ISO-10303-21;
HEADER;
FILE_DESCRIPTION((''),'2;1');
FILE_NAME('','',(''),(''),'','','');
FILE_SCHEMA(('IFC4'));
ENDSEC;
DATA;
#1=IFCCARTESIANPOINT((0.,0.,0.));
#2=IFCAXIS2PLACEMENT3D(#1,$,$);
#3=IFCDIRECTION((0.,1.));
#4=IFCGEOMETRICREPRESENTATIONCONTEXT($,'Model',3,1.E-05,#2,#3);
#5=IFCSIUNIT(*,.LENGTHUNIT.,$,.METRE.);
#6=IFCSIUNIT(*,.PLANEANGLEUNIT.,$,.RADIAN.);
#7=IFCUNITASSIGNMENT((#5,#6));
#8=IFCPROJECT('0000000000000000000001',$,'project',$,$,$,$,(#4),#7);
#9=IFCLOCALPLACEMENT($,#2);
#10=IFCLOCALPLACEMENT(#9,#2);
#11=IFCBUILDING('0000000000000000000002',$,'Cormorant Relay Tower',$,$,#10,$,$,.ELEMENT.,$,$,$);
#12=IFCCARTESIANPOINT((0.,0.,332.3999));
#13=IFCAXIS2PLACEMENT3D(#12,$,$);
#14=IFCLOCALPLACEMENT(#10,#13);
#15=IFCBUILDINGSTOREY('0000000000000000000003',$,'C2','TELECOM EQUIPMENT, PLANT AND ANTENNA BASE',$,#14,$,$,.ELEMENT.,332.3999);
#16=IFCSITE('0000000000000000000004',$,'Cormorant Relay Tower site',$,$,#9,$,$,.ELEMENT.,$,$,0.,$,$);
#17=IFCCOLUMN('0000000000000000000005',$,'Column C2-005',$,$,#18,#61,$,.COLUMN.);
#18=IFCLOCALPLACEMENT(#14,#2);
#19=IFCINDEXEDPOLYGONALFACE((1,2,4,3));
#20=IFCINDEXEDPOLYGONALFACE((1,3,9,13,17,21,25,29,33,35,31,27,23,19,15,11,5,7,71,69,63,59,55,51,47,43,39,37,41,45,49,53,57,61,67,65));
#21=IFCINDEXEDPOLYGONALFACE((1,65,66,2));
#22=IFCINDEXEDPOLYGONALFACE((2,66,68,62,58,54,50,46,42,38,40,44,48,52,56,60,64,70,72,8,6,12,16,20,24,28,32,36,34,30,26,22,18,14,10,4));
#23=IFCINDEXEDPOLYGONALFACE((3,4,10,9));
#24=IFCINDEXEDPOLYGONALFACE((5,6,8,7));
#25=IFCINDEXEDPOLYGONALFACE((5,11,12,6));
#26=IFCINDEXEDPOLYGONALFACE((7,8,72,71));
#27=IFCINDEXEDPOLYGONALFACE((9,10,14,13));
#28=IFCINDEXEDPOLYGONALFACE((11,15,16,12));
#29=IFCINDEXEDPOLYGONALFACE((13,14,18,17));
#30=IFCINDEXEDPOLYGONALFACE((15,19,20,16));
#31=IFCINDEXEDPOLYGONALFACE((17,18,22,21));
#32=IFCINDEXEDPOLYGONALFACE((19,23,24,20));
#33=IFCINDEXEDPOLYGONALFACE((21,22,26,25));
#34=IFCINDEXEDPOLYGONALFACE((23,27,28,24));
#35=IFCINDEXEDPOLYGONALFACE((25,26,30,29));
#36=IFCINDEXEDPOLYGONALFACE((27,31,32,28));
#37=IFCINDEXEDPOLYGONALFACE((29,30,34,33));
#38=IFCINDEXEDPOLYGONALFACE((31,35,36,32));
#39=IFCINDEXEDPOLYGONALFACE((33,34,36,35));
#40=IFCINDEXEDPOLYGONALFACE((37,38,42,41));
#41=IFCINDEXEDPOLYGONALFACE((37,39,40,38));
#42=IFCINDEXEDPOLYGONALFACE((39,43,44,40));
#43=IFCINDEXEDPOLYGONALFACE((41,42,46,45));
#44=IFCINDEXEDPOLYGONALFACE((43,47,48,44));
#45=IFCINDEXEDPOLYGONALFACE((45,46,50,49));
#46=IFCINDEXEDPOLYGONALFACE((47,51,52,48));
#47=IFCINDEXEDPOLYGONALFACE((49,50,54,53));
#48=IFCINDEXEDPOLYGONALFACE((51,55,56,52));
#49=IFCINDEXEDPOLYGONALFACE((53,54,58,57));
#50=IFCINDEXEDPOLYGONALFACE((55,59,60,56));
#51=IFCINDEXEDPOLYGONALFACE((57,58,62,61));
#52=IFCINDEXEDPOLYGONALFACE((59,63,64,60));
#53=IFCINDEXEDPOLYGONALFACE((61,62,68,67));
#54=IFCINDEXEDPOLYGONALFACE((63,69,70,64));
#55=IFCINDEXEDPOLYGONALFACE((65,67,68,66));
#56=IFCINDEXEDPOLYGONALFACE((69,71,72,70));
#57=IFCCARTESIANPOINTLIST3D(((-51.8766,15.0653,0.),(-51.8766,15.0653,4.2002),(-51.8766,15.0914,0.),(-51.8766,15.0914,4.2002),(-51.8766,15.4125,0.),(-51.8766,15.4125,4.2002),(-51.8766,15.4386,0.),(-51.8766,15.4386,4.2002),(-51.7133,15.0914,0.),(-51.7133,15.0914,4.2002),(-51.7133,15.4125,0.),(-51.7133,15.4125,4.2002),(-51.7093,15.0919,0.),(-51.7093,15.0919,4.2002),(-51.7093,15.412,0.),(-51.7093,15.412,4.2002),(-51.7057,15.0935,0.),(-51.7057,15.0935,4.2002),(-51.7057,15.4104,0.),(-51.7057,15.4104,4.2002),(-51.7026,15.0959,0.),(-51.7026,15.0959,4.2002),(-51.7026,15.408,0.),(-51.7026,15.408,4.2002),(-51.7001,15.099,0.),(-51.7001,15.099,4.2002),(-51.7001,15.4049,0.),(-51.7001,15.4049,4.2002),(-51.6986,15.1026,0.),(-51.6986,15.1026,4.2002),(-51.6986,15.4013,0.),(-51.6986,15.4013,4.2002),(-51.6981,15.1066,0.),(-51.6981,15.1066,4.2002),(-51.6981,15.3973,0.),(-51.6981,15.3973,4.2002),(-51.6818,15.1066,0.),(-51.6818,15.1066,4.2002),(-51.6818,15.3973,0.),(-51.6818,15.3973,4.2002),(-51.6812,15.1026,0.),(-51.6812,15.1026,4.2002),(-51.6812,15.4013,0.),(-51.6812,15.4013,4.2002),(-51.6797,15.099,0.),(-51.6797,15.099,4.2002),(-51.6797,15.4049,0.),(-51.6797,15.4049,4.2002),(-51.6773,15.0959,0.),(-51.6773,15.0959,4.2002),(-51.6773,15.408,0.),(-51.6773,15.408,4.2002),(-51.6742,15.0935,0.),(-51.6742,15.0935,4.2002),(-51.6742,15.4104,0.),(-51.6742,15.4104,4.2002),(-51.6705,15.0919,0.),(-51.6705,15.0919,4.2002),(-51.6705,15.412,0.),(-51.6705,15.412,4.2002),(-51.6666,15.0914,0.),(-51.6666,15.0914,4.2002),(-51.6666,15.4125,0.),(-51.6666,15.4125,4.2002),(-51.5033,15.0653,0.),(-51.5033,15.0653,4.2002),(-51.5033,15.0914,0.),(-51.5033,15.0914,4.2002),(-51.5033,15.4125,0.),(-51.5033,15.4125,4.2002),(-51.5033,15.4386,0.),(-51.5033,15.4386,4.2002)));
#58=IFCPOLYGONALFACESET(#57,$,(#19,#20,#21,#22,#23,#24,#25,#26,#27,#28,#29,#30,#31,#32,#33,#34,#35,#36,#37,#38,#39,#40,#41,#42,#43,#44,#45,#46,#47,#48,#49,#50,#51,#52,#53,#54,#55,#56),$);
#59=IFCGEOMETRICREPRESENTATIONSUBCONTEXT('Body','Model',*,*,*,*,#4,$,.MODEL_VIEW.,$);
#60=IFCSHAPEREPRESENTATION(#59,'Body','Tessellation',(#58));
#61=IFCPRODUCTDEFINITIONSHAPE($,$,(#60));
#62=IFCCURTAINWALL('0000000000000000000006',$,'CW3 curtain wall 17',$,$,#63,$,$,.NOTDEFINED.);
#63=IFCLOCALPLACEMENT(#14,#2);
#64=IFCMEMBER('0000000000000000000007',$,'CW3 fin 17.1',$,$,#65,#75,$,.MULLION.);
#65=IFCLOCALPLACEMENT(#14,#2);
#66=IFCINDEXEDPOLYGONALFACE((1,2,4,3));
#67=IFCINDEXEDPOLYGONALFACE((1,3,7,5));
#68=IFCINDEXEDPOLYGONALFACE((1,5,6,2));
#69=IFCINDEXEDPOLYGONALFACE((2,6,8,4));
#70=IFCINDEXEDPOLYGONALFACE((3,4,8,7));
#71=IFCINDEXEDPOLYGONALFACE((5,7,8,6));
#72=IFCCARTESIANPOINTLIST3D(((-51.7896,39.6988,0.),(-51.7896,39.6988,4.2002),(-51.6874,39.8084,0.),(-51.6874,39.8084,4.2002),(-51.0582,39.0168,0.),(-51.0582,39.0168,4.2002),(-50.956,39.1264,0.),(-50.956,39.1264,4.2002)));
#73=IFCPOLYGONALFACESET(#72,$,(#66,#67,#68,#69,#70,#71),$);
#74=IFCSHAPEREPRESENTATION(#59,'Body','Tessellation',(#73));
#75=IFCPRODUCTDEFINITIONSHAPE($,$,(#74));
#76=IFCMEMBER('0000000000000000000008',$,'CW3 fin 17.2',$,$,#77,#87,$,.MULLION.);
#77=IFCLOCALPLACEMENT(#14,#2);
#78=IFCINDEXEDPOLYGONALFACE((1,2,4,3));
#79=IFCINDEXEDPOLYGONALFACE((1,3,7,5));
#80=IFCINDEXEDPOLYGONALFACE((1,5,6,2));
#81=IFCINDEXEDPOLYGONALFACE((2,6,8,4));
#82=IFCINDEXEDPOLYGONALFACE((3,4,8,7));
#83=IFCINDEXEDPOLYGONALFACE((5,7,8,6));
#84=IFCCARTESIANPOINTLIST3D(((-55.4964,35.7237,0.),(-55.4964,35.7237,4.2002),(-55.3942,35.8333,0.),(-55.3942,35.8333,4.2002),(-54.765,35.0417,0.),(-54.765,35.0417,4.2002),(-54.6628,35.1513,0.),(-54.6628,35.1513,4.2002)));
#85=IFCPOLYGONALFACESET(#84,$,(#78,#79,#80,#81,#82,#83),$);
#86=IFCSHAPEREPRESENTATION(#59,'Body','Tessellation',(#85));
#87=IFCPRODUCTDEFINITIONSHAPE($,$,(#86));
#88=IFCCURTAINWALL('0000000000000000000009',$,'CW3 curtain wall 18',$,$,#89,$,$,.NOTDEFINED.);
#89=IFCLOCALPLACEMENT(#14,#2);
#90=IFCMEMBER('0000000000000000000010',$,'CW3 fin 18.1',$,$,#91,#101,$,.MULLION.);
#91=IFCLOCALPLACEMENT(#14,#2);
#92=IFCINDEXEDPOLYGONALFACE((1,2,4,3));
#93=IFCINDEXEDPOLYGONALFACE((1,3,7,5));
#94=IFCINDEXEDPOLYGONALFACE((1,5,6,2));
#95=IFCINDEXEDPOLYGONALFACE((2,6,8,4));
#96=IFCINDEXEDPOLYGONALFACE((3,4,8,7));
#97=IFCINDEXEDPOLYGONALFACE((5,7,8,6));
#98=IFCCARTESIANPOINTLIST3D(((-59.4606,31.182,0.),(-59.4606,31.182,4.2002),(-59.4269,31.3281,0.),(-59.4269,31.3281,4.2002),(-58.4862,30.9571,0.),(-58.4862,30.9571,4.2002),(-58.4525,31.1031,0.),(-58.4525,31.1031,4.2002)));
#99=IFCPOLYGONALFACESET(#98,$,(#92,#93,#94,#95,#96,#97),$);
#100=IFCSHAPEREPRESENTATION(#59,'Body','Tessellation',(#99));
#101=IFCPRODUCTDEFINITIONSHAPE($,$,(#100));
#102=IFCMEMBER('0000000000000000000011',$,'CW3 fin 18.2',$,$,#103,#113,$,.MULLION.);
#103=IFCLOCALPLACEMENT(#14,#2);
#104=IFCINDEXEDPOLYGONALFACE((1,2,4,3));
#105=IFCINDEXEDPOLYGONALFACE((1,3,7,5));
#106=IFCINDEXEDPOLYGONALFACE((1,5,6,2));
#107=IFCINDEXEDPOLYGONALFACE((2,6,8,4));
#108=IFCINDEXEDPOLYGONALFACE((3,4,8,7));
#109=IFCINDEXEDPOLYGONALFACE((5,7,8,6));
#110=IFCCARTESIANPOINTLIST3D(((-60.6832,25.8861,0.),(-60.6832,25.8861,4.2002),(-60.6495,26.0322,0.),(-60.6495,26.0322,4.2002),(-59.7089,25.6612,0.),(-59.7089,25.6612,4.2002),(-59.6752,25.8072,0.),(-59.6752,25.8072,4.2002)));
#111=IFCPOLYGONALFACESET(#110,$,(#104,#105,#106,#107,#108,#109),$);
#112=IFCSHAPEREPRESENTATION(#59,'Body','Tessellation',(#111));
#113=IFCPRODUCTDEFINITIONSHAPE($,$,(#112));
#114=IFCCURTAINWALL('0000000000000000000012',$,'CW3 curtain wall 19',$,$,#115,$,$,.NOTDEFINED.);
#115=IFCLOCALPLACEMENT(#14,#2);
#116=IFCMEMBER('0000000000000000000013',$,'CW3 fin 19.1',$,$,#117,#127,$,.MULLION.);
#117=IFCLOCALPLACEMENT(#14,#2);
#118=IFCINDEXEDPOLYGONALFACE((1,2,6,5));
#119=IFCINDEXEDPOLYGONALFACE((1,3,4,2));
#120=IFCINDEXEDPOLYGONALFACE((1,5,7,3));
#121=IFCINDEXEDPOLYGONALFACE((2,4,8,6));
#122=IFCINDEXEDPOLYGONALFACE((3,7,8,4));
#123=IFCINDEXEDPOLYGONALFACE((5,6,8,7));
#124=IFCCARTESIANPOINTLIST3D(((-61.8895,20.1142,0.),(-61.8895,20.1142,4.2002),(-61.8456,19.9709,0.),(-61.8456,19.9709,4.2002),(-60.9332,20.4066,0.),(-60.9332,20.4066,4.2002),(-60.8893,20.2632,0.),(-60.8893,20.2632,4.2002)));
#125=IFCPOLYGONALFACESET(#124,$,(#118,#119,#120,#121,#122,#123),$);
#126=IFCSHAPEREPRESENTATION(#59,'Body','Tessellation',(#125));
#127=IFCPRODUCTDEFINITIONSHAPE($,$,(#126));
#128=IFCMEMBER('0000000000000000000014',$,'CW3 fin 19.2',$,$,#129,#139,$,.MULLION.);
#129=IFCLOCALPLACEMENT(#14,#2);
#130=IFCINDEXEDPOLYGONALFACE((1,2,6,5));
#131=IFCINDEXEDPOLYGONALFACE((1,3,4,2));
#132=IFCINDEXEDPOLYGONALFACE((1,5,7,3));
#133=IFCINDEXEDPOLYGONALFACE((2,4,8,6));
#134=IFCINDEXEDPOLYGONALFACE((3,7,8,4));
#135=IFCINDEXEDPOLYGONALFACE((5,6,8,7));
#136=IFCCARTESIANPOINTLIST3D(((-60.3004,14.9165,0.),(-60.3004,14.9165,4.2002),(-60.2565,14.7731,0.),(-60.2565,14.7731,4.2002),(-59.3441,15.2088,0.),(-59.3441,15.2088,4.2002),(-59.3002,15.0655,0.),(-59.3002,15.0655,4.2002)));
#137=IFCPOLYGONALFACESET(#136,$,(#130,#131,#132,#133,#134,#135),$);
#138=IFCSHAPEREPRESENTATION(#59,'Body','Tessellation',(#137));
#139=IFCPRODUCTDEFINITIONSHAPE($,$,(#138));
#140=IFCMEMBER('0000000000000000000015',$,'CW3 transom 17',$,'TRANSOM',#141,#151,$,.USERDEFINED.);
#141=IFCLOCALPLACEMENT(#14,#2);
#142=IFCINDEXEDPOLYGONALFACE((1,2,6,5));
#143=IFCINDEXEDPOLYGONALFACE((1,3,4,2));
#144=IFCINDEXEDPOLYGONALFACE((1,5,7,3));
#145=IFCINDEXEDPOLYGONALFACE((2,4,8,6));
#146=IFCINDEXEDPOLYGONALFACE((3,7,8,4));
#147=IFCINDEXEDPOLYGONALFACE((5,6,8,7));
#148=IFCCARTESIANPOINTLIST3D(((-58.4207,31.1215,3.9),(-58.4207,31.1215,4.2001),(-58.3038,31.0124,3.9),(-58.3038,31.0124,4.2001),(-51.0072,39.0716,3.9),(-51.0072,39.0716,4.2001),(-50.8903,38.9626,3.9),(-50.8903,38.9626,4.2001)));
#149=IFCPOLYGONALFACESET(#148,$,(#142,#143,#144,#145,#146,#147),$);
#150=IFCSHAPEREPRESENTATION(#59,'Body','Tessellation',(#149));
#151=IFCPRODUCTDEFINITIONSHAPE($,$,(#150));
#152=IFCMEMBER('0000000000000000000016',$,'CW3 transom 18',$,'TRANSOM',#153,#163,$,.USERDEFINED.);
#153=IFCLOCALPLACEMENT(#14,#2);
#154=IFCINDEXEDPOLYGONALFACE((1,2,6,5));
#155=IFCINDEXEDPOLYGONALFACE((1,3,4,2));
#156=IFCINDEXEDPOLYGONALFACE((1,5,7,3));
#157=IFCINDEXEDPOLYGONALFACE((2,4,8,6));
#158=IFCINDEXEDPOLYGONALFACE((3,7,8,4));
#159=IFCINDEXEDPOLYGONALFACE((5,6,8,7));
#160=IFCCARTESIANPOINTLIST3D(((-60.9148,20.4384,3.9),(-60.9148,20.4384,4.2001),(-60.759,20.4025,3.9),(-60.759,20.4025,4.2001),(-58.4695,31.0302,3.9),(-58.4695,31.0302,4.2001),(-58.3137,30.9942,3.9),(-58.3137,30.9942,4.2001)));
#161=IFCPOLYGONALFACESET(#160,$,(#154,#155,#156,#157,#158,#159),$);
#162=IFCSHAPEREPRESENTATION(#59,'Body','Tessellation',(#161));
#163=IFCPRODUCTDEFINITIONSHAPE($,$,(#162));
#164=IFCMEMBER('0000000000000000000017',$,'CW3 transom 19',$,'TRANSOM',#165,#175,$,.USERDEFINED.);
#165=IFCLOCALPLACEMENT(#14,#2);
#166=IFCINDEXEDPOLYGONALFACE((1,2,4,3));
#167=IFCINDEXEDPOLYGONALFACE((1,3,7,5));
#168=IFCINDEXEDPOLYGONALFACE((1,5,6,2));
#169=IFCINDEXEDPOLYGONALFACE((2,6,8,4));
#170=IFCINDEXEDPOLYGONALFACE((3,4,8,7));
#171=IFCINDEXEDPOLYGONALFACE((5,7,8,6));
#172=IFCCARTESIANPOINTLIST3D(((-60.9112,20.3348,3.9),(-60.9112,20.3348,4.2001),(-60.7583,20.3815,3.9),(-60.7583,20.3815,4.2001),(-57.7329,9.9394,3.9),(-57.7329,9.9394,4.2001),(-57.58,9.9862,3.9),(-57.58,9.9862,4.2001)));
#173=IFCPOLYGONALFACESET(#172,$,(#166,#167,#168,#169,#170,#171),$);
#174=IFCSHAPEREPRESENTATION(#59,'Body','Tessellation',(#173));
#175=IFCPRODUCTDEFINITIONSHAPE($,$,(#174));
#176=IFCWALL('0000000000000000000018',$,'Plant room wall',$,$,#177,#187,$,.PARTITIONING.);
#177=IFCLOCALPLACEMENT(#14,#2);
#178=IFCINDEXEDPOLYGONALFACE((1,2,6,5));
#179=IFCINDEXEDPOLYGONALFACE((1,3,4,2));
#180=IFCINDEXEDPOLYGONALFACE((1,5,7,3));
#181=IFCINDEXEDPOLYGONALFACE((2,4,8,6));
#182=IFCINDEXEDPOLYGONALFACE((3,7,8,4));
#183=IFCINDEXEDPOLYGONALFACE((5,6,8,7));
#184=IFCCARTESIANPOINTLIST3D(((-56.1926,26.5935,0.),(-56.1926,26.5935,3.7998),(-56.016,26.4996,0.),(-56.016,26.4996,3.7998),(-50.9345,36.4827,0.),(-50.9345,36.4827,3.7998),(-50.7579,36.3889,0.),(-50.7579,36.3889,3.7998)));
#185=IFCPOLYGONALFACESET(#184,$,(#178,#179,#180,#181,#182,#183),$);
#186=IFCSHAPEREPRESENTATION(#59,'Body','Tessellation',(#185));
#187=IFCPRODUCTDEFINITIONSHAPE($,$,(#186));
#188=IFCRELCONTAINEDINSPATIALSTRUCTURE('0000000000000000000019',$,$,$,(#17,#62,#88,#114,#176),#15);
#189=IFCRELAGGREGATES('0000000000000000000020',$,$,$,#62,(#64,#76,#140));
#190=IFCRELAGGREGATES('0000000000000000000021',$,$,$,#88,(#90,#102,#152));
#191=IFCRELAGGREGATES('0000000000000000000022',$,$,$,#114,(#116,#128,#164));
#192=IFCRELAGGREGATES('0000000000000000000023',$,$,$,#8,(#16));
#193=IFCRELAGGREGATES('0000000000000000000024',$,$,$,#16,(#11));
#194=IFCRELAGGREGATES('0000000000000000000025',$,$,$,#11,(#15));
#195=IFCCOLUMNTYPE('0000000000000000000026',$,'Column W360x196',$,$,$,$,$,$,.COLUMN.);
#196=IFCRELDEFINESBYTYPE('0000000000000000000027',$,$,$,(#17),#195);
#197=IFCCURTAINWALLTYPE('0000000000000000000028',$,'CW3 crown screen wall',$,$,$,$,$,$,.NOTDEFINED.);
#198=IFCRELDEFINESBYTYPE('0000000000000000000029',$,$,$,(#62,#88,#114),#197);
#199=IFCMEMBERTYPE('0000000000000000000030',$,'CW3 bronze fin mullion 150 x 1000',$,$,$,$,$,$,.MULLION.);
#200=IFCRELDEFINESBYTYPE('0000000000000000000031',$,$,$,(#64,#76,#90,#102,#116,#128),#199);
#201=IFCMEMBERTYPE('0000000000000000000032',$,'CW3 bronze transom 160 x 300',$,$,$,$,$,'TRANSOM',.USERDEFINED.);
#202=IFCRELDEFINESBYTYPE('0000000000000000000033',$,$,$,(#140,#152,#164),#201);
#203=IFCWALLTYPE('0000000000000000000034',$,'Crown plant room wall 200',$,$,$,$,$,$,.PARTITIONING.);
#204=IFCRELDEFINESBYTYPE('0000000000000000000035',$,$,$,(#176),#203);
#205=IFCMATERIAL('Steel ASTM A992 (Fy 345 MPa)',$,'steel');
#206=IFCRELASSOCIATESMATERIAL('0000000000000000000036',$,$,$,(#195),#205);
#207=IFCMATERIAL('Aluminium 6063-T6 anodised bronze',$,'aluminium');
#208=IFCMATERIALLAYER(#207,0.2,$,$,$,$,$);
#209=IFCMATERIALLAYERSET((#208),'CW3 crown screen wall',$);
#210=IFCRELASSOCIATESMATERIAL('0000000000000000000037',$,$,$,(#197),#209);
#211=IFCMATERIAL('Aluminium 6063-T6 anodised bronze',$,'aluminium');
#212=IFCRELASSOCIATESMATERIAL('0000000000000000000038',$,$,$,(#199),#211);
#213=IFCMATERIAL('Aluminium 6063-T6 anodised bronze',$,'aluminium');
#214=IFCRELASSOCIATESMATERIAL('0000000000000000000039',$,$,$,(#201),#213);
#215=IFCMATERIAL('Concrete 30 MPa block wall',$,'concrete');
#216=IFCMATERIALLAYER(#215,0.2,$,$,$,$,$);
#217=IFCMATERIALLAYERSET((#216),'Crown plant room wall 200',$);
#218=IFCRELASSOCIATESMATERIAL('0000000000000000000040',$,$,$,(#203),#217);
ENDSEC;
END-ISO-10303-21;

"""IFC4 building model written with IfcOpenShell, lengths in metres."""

from ifc_helpers import new_model, si_unit, direction, frame, frame_2d, origin, origin_2d, place, context, subcontext, project, spatial, rectangle, i_section, extrude, material, layer, layer_set, material_profile, profile_set, type_object, element, aggregate, save


model = new_model("IFC4")

# Units and contexts
model_context = context("Model", 3, precision=1e-05, world=origin(), true_north=direction((0.0, 1.0)))
body_context = subcontext(model_context, "Body", "Model", "MODEL_VIEW")
ifc_project = project(units=[si_unit("LENGTHUNIT", "METRE"), si_unit("PLANEANGLEUNIT", "RADIAN")], contexts=[model_context])

# Site, building, storey
site_placement = place(None, origin())
site = spatial("IfcSite", under=ifc_project, at=site_placement, Name="Cormorant Relay Tower site", CompositionType="ELEMENT", RefElevation=0.0)
building_placement = place(site_placement, origin())
building = spatial("IfcBuilding", under=site, at=building_placement, Name="Cormorant Relay Tower", CompositionType="ELEMENT")
storey_placement = place(building_placement, frame((0.0, 0.0, 332.3999)))
storey = spatial("IfcBuildingStorey", under=building, at=storey_placement, Name="C2", Description="TELECOM EQUIPMENT, PLANT AND ANTENNA BASE", CompositionType="ELEMENT", Elevation=332.3999)

# Column
ifc_material_1 = material(Name="Steel ASTM A992 (Fy 345 MPa)", Category="steel")
ifc_material_profile_1 = material_profile(ifc_material_1, i_section(OverallWidth=0.3733, OverallDepth=0.3733, WebThickness=0.0164, FlangeThickness=0.0261, FilletRadius=0.0151, at=origin_2d()), Name="W360x196")
ifc_profile_set_1 = profile_set([ifc_material_profile_1], Name="Steel ASTM A992 (Fy 345 MPa)")
column_type = type_object("IfcColumnType", Name="Column W360x196", PredefinedType="COLUMN", material=ifc_profile_set_1)
column_placement = place(storey_placement, frame((-51.6899, 15.252, 0.0), z_axis=(0.0, 0.0, 1.0), x_axis=(1.0, 0.0, 0.0)))
element("IfcColumn", 1, at=column_placement, inside=storey, type_object=column_type, Name="Column C2-005", PredefinedType="COLUMN", context=body_context, shape_type="SweptSolid", body=[
    extrude(i_section(OverallWidth=0.3733, OverallDepth=0.3733, WebThickness=0.0164, FlangeThickness=0.0261, FilletRadius=0.0151, at=origin_2d()), origin(), (0.0, 0.0, 1.0), 4.2002),
])

# Curtain walls, members
ifc_material_2 = material(Name="Aluminium 6063-T6 anodised bronze", Category="aluminium")
ifc_layer_1 = layer(ifc_material_2, 0.2)
ifc_layer_set_1 = layer_set([ifc_layer_1], Name="CW3 crown screen wall")
curtain_wall_type = type_object("IfcCurtainWallType", Name="CW3 crown screen wall", PredefinedType="NOTDEFINED", material=ifc_layer_set_1)
curtain_wall_1_placement = place(storey_placement, origin())
curtain_wall_1 = element("IfcCurtainWall", 2, at=curtain_wall_1_placement, inside=storey, type_object=curtain_wall_type, Name="CW3 curtain wall 17", PredefinedType="NOTDEFINED")
ifc_material_3 = material(Name="Aluminium 6063-T6 anodised bronze", Category="aluminium")
ifc_material_profile_2 = material_profile(ifc_material_3, rectangle(XDim=0.1499, YDim=1.0, at=origin_2d()), Name="AL 150x1000")
ifc_profile_set_2 = profile_set([ifc_material_profile_2], Name="Aluminium 6063-T6 anodised bronze")
member_type_1 = type_object("IfcMemberType", Name="CW3 bronze fin mullion 150 x 1000", PredefinedType="MULLION", material=ifc_profile_set_2)
member_1_placement = place(storey_placement, frame((-51.3728, 39.4126, 0.0), z_axis=(0.0, 0.0, 1.0), x_axis=(-0.681998, -0.731354, 0.0)))
member_1 = element("IfcMember", 3, at=member_1_placement, type_object=member_type_1, Name="CW3 fin 17.1", PredefinedType="MULLION", context=body_context, shape_type="SweptSolid", body=[
    extrude(rectangle(XDim=0.1499, YDim=1.0, at=origin_2d()), origin(), (0.0, 0.0, 1.0), 4.2002),
])
member_2_placement = place(storey_placement, frame((-55.0796, 35.4375, 0.0), z_axis=(0.0, 0.0, 1.0), x_axis=(-0.681998, -0.731354, 0.0)))
member_2 = element("IfcMember", 4, at=member_2_placement, type_object=member_type_1, Name="CW3 fin 17.2", PredefinedType="MULLION", context=body_context, shape_type="SweptSolid", body=[
    extrude(rectangle(XDim=0.1499, YDim=1.0, at=origin_2d()), origin(), (0.0, 0.0, 1.0), 4.2002),
])
curtain_wall_2_placement = place(storey_placement, origin())
curtain_wall_2 = element("IfcCurtainWall", 5, at=curtain_wall_2_placement, inside=storey, type_object=curtain_wall_type, Name="CW3 curtain wall 18", PredefinedType="NOTDEFINED")
member_3_placement = place(storey_placement, frame((-58.9565, 31.1426, 0.0), z_axis=(0.0, 0.0, 1.0), x_axis=(-0.224951, -0.97437, 0.0)))
member_3 = element("IfcMember", 6, at=member_3_placement, type_object=member_type_1, Name="CW3 fin 18.1", PredefinedType="MULLION", context=body_context, shape_type="SweptSolid", body=[
    extrude(rectangle(XDim=0.1499, YDim=1.0, at=origin_2d()), origin(), (0.0, 0.0, 1.0), 4.2002),
])
member_4_placement = place(storey_placement, frame((-60.1792, 25.8467, 0.0), z_axis=(0.0, 0.0, 1.0), x_axis=(-0.224951, -0.97437, 0.0)))
member_4 = element("IfcMember", 7, at=member_4_placement, type_object=member_type_1, Name="CW3 fin 18.2", PredefinedType="MULLION", context=body_context, shape_type="SweptSolid", body=[
    extrude(rectangle(XDim=0.1499, YDim=1.0, at=origin_2d()), origin(), (0.0, 0.0, 1.0), 4.2002),
])
curtain_wall_3_placement = place(storey_placement, origin())
curtain_wall_3 = element("IfcCurtainWall", 8, at=curtain_wall_3_placement, inside=storey, type_object=curtain_wall_type, Name="CW3 curtain wall 19", PredefinedType="NOTDEFINED")
member_5_placement = place(storey_placement, frame((-61.3894, 20.1887, 0.0), z_axis=(0.0, 0.0, 1.0), x_axis=(0.292372, -0.956305, 0.0)))
member_5 = element("IfcMember", 9, at=member_5_placement, type_object=member_type_1, Name="CW3 fin 19.1", PredefinedType="MULLION", context=body_context, shape_type="SweptSolid", body=[
    extrude(rectangle(XDim=0.1499, YDim=1.0, at=origin_2d()), origin(), (0.0, 0.0, 1.0), 4.2002),
])
member_6_placement = place(storey_placement, frame((-59.8003, 14.991, 0.0), z_axis=(0.0, 0.0, 1.0), x_axis=(0.292372, -0.956305, 0.0)))
member_6 = element("IfcMember", 10, at=member_6_placement, type_object=member_type_1, Name="CW3 fin 19.2", PredefinedType="MULLION", context=body_context, shape_type="SweptSolid", body=[
    extrude(rectangle(XDim=0.1499, YDim=1.0, at=origin_2d()), origin(), (0.0, 0.0, 1.0), 4.2002),
])

# Members
ifc_material_4 = material(Name="Aluminium 6063-T6 anodised bronze", Category="aluminium")
ifc_material_profile_3 = material_profile(ifc_material_4, rectangle(XDim=0.1599, YDim=0.3, at=origin_2d()), Name="AL 160x300")
ifc_profile_set_3 = profile_set([ifc_material_profile_3], Name="Aluminium 6063-T6 anodised bronze")
member_type_2 = type_object("IfcMemberType", Name="CW3 bronze transom 160 x 300", ElementType="TRANSOM", PredefinedType="USERDEFINED", material=ifc_profile_set_3)
member_7_placement = place(storey_placement, frame((-50.9487, 39.0171, 4.05), z_axis=(-0.681993, -0.731358, 0.0), x_axis=(0.731358, -0.681993, 0.0)))
member_7 = element("IfcMember", 11, at=member_7_placement, type_object=member_type_2, Name="CW3 transom 17", ObjectType="TRANSOM", PredefinedType="USERDEFINED", context=body_context, shape_type="SweptSolid", body=[
    extrude(rectangle(XDim=0.1599, YDim=0.3, at=origin_2d()), origin(), (0.0, 0.0, 1.0), 10.8704),
])
member_8_placement = place(storey_placement, frame((-58.3916, 31.0122, 4.05), z_axis=(-0.224951, -0.97437, 0.0), x_axis=(0.97437, -0.224951, 0.0)))
member_8 = element("IfcMember", 12, at=member_8_placement, type_object=member_type_2, Name="CW3 transom 18", ObjectType="TRANSOM", PredefinedType="USERDEFINED", context=body_context, shape_type="SweptSolid", body=[
    extrude(rectangle(XDim=0.1599, YDim=0.3, at=origin_2d()), origin(), (0.0, 0.0, 1.0), 10.8704),
])
member_9_placement = place(storey_placement, frame((-60.8347, 20.3582, 4.05), z_axis=(0.292378, -0.956303, 0.0), x_axis=(0.956303, 0.292378, 0.0)))
member_9 = element("IfcMember", 13, at=member_9_placement, type_object=member_type_2, Name="CW3 transom 19", ObjectType="TRANSOM", PredefinedType="USERDEFINED", context=body_context, shape_type="SweptSolid", body=[
    extrude(rectangle(XDim=0.1599, YDim=0.3, at=origin_2d()), origin(), (0.0, 0.0, 1.0), 10.8704),
])

# Wall
ifc_material_5 = material(Name="Concrete 30 MPa block wall", Category="concrete")
ifc_layer_2 = layer(ifc_material_5, 0.2)
ifc_layer_set_2 = layer_set([ifc_layer_2], Name="Crown plant room wall 200")
wall_type_1 = type_object("IfcWallType", Name="Crown plant room wall 200", PredefinedType="PARTITIONING", material=ifc_layer_set_2)
wall_1_placement = place(storey_placement, frame((-50.8462, 36.4358, 0.0), z_axis=(0.0, 0.0, 1.0), x_axis=(-0.469464, -0.882951, 0.0)))
element("IfcWall", 14, at=wall_1_placement, inside=storey, type_object=wall_type_1, Name="Plant room wall", PredefinedType="PARTITIONING", context=body_context, shape_type="SweptSolid", body=[
    extrude(rectangle(XDim=11.2002, YDim=0.2, at=frame_2d((5.6001, 0.0))), origin(), (0.0, 0.0, 1.0), 3.7998),
])

aggregate(curtain_wall_1, [member_1, member_2, member_7])
aggregate(curtain_wall_2, [member_3, member_4, member_8])
aggregate(curtain_wall_3, [member_5, member_6, member_9])

save(model, "model.ifc")
